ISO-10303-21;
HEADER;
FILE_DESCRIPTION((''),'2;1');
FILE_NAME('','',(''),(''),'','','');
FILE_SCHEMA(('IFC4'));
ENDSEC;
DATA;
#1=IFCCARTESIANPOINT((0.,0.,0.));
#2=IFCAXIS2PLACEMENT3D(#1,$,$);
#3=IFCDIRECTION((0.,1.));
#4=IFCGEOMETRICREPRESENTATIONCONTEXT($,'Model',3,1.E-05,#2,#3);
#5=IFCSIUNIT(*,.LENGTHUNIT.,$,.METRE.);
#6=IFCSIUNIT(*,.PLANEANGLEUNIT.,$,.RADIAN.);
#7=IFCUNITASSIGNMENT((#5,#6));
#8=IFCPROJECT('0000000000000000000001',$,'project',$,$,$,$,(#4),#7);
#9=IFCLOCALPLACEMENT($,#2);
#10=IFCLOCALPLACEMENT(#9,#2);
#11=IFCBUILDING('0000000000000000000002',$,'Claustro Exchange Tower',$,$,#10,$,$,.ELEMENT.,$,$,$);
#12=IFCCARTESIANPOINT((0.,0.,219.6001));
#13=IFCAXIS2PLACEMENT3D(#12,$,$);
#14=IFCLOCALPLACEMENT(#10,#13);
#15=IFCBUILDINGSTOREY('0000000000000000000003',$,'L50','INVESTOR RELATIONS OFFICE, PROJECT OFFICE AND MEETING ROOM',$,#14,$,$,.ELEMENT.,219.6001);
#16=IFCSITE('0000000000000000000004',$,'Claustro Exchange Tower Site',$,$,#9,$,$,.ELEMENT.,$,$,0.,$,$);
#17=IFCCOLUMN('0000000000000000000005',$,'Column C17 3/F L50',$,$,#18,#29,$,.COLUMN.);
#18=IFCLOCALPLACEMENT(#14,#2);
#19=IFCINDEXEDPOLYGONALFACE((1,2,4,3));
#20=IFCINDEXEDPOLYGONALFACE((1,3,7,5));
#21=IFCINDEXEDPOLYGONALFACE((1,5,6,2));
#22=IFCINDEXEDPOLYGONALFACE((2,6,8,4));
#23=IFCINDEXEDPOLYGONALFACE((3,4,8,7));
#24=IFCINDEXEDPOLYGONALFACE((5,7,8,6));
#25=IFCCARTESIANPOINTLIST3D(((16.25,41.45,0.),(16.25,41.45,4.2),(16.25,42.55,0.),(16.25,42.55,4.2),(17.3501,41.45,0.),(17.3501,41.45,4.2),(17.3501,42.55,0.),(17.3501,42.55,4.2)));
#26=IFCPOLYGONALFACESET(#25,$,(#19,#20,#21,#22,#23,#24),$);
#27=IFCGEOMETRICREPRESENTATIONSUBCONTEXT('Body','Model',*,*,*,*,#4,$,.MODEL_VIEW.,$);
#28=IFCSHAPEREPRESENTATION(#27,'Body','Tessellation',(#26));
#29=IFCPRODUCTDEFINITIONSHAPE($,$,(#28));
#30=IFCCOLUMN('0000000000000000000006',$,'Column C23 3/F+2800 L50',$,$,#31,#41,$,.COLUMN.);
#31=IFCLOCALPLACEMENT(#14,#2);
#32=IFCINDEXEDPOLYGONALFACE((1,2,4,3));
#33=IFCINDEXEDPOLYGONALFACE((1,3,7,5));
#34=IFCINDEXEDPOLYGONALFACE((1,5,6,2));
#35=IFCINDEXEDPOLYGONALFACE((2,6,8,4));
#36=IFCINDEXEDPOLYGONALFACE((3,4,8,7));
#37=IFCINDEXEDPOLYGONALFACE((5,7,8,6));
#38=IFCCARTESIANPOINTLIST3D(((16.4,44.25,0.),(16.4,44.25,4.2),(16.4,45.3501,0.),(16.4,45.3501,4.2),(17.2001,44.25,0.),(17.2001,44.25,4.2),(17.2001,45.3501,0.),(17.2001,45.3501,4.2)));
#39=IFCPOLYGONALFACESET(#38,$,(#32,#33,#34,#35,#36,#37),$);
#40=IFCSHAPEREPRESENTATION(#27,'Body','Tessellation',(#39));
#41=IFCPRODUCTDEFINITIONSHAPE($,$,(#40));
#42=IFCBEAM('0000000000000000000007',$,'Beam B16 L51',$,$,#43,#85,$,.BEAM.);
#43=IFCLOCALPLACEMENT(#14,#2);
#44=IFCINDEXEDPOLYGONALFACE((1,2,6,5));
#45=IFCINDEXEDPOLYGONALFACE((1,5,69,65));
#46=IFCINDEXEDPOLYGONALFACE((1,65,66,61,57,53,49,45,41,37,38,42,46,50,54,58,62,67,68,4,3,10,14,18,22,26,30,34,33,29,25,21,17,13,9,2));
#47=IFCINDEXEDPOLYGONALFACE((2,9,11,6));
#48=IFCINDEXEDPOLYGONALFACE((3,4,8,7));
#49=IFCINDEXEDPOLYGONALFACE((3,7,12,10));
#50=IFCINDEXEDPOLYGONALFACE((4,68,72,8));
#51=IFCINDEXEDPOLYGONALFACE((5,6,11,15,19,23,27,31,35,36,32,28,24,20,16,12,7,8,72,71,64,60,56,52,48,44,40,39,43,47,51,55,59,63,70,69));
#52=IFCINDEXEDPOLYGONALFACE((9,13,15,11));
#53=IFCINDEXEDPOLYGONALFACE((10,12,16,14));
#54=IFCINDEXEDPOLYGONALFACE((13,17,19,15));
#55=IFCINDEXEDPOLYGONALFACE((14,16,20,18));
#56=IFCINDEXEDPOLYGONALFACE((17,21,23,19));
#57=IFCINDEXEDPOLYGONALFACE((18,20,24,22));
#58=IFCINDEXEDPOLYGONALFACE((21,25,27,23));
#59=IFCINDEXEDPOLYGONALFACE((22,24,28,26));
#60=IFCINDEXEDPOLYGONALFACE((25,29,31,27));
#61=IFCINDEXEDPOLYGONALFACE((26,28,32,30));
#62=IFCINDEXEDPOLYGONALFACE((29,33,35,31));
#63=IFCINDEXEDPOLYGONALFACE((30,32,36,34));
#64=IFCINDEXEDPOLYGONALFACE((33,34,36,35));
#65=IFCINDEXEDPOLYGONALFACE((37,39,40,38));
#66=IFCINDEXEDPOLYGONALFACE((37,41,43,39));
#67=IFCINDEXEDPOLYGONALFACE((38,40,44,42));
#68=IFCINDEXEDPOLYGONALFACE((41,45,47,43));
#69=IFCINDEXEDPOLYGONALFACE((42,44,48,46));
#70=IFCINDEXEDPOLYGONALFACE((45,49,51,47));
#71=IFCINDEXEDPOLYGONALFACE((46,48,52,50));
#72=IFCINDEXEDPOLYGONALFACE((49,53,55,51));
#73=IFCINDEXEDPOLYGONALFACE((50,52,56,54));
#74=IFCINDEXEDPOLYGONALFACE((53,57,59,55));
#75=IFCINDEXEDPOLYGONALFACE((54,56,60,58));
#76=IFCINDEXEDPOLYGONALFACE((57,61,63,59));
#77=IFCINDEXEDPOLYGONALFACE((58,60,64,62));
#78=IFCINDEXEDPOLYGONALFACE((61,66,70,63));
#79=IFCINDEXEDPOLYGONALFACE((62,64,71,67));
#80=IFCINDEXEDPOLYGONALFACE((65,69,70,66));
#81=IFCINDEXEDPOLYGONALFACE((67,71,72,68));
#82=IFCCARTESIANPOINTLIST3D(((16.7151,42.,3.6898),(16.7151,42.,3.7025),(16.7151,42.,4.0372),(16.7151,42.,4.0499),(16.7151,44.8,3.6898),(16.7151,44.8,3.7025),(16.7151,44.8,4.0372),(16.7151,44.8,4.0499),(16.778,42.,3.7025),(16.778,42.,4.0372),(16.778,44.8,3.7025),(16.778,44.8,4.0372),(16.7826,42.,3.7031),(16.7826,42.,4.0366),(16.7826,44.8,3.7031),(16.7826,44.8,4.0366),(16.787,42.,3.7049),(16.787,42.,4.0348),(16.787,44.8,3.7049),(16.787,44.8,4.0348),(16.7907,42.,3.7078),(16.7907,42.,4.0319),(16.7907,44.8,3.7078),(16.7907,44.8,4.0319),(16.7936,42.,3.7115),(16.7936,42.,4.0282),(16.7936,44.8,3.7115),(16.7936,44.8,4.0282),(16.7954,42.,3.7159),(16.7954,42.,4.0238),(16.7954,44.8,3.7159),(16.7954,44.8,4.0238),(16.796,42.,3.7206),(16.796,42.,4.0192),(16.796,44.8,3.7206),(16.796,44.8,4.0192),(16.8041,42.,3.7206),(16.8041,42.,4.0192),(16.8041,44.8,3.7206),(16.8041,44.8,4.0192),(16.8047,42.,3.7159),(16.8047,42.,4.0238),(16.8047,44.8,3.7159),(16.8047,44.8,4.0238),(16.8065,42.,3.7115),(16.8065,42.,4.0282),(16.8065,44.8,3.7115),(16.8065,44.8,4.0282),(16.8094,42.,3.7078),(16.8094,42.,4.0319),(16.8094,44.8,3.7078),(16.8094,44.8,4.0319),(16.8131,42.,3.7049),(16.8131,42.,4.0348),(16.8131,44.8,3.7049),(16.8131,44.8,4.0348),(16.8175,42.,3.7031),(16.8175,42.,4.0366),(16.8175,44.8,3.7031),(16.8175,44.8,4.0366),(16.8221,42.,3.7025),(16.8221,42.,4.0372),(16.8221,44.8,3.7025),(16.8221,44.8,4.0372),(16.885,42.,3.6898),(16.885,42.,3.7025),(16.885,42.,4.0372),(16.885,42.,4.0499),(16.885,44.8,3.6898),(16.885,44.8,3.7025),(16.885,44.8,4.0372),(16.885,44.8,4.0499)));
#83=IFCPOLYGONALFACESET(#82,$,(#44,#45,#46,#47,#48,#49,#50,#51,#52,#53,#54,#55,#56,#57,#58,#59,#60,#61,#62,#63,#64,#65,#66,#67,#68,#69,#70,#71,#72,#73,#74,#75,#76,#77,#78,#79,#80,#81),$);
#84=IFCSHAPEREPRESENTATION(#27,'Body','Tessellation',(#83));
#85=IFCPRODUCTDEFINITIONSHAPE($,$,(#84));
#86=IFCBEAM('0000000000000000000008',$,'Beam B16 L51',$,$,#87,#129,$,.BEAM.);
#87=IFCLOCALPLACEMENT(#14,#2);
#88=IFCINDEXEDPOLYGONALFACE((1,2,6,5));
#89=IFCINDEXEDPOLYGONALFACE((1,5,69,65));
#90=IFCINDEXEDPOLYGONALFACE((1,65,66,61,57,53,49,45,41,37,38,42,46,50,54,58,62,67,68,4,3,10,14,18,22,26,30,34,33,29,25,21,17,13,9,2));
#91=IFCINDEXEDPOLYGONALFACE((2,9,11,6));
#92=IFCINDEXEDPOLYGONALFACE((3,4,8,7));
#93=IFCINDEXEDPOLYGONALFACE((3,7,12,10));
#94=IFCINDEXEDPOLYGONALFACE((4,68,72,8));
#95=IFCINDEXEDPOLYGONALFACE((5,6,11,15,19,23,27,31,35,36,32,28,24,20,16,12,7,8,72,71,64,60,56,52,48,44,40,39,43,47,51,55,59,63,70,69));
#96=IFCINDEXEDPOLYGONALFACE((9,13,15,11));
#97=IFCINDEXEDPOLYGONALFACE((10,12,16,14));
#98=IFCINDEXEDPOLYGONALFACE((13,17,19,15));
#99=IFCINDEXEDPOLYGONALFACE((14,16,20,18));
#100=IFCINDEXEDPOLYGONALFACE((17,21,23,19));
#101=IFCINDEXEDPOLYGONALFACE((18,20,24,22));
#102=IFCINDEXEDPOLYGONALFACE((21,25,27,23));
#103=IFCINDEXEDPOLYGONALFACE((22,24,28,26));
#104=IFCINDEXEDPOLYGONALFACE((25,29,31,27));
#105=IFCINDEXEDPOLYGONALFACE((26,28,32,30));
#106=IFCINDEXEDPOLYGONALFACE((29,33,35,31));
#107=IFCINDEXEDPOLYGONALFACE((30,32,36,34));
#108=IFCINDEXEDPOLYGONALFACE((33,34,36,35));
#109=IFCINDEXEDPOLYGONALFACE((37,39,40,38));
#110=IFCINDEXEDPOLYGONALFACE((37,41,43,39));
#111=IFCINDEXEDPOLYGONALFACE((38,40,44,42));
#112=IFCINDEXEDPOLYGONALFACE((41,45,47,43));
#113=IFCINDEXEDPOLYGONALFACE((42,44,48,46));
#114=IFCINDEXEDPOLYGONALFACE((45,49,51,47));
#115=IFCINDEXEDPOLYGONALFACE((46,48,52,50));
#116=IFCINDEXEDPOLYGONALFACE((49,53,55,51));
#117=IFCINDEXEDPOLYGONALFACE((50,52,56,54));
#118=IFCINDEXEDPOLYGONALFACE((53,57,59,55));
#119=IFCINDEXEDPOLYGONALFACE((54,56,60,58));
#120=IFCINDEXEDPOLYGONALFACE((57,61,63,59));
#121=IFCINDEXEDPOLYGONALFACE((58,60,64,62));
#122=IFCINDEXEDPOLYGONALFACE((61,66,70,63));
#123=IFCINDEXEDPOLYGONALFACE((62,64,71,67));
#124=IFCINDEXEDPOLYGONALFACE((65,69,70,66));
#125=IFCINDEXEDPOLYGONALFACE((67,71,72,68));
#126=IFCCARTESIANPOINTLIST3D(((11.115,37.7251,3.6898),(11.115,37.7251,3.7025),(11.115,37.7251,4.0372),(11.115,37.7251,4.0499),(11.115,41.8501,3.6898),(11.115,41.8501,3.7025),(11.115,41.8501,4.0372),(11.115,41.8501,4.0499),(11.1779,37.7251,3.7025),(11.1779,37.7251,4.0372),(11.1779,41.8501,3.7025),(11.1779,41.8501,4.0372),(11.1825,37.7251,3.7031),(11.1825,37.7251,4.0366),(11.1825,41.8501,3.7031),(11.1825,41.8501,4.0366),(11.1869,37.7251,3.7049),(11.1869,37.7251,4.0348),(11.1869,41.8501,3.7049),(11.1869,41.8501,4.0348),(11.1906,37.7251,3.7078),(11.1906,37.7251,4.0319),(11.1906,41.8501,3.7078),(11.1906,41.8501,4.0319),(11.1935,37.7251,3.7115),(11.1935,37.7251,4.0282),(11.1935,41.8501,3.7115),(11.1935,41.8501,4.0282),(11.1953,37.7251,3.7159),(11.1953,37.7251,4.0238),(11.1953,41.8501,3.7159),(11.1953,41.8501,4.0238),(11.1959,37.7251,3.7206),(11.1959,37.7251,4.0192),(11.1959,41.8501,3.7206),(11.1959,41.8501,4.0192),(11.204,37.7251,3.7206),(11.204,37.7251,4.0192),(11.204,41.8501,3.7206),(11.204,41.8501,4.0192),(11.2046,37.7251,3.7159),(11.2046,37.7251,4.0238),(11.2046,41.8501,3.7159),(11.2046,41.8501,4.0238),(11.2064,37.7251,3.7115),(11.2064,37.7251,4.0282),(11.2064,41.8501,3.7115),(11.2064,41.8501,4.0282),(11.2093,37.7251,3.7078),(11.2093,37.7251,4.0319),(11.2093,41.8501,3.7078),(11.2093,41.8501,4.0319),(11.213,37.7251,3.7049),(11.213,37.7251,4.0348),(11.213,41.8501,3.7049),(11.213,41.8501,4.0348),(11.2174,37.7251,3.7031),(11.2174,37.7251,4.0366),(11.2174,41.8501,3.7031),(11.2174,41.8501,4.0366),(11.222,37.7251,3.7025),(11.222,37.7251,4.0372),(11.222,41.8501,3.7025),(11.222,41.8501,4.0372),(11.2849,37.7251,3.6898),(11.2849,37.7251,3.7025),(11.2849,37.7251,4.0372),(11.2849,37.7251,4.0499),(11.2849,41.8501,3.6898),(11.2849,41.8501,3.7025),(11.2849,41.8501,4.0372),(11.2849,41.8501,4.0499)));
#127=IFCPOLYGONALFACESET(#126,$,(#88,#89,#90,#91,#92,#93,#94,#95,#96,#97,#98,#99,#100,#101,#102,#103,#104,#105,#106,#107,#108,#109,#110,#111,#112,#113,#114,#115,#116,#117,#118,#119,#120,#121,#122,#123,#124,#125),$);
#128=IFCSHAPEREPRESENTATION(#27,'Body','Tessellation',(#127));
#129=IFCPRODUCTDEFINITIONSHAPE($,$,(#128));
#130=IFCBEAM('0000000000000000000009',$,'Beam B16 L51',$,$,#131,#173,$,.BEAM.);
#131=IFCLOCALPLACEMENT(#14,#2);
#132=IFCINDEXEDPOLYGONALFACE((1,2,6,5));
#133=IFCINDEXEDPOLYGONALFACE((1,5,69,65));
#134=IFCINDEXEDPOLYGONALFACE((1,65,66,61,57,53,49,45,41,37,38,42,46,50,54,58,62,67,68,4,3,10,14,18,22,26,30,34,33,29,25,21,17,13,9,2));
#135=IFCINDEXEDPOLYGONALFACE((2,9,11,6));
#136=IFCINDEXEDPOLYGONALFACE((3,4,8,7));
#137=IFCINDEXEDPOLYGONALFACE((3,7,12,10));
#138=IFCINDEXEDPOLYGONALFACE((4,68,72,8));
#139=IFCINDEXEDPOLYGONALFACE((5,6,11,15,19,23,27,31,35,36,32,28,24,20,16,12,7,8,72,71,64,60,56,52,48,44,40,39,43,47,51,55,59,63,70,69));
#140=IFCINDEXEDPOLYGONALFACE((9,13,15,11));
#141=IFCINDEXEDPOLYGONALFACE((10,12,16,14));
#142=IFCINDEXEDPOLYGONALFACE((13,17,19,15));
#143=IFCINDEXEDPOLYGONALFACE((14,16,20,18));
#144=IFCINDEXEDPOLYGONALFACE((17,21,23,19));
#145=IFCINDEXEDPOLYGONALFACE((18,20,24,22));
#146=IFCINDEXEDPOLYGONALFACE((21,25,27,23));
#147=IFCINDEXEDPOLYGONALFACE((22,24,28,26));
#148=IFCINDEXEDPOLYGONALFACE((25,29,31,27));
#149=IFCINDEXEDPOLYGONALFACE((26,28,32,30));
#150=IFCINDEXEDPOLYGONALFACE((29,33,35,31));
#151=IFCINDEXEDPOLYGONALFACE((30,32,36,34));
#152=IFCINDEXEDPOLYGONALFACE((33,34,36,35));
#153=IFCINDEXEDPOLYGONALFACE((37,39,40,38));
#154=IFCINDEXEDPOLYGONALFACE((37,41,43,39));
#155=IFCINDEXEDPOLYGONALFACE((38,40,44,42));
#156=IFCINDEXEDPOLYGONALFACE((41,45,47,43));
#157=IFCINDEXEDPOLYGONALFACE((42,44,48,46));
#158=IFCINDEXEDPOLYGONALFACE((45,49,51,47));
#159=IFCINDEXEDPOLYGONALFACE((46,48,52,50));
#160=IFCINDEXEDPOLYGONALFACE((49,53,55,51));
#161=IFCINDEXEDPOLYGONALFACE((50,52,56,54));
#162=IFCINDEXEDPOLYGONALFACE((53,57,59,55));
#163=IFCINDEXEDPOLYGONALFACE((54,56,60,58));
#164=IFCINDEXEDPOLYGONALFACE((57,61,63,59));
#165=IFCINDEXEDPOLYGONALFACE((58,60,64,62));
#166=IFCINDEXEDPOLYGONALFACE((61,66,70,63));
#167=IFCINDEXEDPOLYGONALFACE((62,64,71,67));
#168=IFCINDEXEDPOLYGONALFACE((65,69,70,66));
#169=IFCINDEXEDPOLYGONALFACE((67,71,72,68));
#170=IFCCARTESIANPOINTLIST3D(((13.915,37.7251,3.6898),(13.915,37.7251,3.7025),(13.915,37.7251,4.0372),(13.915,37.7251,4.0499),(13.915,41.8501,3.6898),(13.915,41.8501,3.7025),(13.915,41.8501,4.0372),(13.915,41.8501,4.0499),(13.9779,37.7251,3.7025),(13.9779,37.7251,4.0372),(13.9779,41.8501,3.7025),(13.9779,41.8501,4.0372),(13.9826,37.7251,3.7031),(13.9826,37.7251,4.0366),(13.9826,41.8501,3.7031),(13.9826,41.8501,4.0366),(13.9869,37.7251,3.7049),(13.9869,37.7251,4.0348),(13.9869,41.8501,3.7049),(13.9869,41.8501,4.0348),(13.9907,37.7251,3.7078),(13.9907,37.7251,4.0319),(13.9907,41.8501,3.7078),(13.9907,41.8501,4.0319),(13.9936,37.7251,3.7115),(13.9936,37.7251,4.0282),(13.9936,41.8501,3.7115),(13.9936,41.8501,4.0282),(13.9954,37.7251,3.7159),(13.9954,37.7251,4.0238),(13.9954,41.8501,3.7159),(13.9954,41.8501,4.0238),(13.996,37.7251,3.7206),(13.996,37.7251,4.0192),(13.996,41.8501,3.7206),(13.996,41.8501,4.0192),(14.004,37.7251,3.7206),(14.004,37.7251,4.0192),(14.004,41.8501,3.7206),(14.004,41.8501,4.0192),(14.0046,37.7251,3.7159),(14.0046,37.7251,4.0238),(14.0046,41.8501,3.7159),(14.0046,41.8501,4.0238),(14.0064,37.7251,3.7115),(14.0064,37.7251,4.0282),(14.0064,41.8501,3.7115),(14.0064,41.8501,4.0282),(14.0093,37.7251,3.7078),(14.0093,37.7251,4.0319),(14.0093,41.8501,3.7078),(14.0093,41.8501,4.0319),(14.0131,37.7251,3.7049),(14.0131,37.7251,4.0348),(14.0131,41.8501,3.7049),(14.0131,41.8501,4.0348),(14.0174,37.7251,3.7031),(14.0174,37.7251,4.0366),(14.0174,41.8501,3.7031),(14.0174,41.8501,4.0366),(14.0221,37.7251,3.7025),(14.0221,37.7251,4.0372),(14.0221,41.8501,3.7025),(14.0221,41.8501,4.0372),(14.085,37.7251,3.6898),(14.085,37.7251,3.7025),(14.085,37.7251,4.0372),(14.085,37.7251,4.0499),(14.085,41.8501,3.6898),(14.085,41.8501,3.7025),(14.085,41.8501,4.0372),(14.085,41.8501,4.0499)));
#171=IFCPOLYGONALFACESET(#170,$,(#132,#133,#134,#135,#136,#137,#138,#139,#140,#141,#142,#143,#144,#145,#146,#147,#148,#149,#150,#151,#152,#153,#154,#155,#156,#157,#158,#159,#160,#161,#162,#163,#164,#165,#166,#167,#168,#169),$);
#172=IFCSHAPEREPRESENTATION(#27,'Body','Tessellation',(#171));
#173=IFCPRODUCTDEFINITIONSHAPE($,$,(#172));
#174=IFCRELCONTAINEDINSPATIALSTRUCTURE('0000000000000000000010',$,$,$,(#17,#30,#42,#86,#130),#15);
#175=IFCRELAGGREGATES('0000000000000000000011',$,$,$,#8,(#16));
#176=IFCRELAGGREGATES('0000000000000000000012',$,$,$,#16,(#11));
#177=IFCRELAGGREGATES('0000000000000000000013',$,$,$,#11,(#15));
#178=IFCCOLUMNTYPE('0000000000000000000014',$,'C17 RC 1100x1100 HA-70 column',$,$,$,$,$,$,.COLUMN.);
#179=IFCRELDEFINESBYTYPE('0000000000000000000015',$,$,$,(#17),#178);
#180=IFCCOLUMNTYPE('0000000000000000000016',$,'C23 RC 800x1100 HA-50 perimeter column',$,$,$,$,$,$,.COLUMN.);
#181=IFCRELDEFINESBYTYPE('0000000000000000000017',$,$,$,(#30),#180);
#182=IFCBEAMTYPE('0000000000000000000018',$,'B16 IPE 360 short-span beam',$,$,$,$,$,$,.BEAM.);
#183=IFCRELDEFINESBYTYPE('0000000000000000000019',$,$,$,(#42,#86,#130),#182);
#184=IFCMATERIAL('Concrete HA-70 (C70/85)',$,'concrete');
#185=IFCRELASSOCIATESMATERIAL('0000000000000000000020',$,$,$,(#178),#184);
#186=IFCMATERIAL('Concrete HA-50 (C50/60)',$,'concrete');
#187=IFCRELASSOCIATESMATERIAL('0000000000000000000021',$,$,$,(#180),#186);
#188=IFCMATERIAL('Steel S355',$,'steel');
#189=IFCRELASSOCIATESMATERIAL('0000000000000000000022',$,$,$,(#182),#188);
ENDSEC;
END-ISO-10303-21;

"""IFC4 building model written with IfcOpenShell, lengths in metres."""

from ifc_helpers import new_model, si_unit, direction, frame, origin, origin_2d, place, context, subcontext, project, spatial, rectangle, i_section, extrude, material, material_profile, profile_set, type_object, element, save


model = new_model("IFC4")

# Units and contexts
model_context = context("Model", 3, precision=1e-05, world=origin(), true_north=direction((0.0, 1.0)))
body_context = subcontext(model_context, "Body", "Model", "MODEL_VIEW")
ifc_project = project(units=[si_unit("LENGTHUNIT", "METRE"), si_unit("PLANEANGLEUNIT", "RADIAN")], contexts=[model_context])

# Site, building, storey
site_placement = place(None, origin())
site = spatial("IfcSite", under=ifc_project, at=site_placement, Name="Claustro Exchange Tower Site", CompositionType="ELEMENT", RefElevation=0.0)
building_placement = place(site_placement, origin())
building = spatial("IfcBuilding", under=site, at=building_placement, Name="Claustro Exchange Tower", CompositionType="ELEMENT")
storey_placement = place(building_placement, frame((0.0, 0.0, 219.6001)))
storey = spatial("IfcBuildingStorey", under=building, at=storey_placement, Name="L50", Description="INVESTOR RELATIONS OFFICE, PROJECT OFFICE AND MEETING ROOM", CompositionType="ELEMENT", Elevation=219.6001)

# Columns
ifc_material_1 = material(Name="Concrete HA-70 (C70/85)", Category="concrete")
ifc_material_profile_1 = material_profile(ifc_material_1, rectangle(XDim=1.1001, YDim=1.1001, at=origin_2d()), Name="RC 1100x1100")
ifc_profile_set_1 = profile_set([ifc_material_profile_1], Name="Concrete HA-70 (C70/85)")
column_type_1 = type_object("IfcColumnType", Name="C17 RC 1100x1100 HA-70 column", PredefinedType="COLUMN", material=ifc_profile_set_1)
column_1_placement = place(storey_placement, frame((16.8, 42.0, 0.0), z_axis=(0.0, 0.0, 1.0), x_axis=(1.0, 0.0, 0.0)))
element("IfcColumn", 1, at=column_1_placement, inside=storey, type_object=column_type_1, Name="Column C17 3/F L50", PredefinedType="COLUMN", context=body_context, shape_type="SweptSolid", body=[
    extrude(rectangle(XDim=1.1001, YDim=1.1001, at=origin_2d()), origin(), (0.0, 0.0, 1.0), 4.2),
])
ifc_material_2 = material(Name="Concrete HA-50 (C50/60)", Category="concrete")
ifc_material_profile_2 = material_profile(ifc_material_2, rectangle(XDim=0.8, YDim=1.1001, at=origin_2d()), Name="RC 800x1100")
ifc_profile_set_2 = profile_set([ifc_material_profile_2], Name="Concrete HA-50 (C50/60)")
column_type_2 = type_object("IfcColumnType", Name="C23 RC 800x1100 HA-50 perimeter column", PredefinedType="COLUMN", material=ifc_profile_set_2)
column_2_placement = place(storey_placement, frame((16.8, 44.8, 0.0), z_axis=(0.0, 0.0, 1.0), x_axis=(1.0, 0.0, 0.0)))
element("IfcColumn", 2, at=column_2_placement, inside=storey, type_object=column_type_2, Name="Column C23 3/F+2800 L50", PredefinedType="COLUMN", context=body_context, shape_type="SweptSolid", body=[
    extrude(rectangle(XDim=0.8, YDim=1.1001, at=origin_2d()), origin(), (0.0, 0.0, 1.0), 4.2),
])

# Beams
ifc_material_3 = material(Name="Steel S355", Category="steel")
ifc_material_profile_3 = material_profile(ifc_material_3, i_section(OverallWidth=0.1699, OverallDepth=0.3601, WebThickness=0.0081, FlangeThickness=0.0127, FilletRadius=0.0181, at=origin_2d()), Name="IPE 360")
ifc_profile_set_3 = profile_set([ifc_material_profile_3], Name="Steel S355")
beam_type_1 = type_object("IfcBeamType", Name="B16 IPE 360 short-span beam", PredefinedType="BEAM", material=ifc_profile_set_3)
beam_1_placement = place(storey_placement, frame((16.8, 42.0, 3.8699), z_axis=(0.0, 1.0, 0.0), x_axis=(-1.0, 0.0, 0.0)))
element("IfcBeam", 3, at=beam_1_placement, inside=storey, type_object=beam_type_1, Name="Beam B16 L51", PredefinedType="BEAM", context=body_context, shape_type="SweptSolid", body=[
    extrude(i_section(OverallWidth=0.1699, OverallDepth=0.3601, WebThickness=0.0081, FlangeThickness=0.0127, FilletRadius=0.0181, at=origin_2d()), origin(), (0.0, 0.0, 1.0), 2.8),
])
for number, where, z_axis, x_axis, name in (
    (4, (11.2, 37.7251, 3.8699), (0.0, 1.0, 0.0), (-1.0, 0.0, 0.0), "Beam B16 L51"),
    (5, (14.0, 37.7251, 3.8699), (0.0, 1.0, 0.0), (-1.0, 0.0, 0.0), "Beam B16 L51"),
):
    element("IfcBeam", number, at=place(storey_placement, frame(where, z_axis=z_axis, x_axis=x_axis)), inside=storey, type_object=beam_type_1, Name=name, PredefinedType="BEAM", context=body_context, shape_type="SweptSolid", body=[
        extrude(i_section(OverallWidth=0.1699, OverallDepth=0.3601, WebThickness=0.0081, FlangeThickness=0.0127, FilletRadius=0.0181, at=origin_2d()), origin(), (0.0, 0.0, 1.0), 4.125),
    ])

save(model, "model.ifc")
